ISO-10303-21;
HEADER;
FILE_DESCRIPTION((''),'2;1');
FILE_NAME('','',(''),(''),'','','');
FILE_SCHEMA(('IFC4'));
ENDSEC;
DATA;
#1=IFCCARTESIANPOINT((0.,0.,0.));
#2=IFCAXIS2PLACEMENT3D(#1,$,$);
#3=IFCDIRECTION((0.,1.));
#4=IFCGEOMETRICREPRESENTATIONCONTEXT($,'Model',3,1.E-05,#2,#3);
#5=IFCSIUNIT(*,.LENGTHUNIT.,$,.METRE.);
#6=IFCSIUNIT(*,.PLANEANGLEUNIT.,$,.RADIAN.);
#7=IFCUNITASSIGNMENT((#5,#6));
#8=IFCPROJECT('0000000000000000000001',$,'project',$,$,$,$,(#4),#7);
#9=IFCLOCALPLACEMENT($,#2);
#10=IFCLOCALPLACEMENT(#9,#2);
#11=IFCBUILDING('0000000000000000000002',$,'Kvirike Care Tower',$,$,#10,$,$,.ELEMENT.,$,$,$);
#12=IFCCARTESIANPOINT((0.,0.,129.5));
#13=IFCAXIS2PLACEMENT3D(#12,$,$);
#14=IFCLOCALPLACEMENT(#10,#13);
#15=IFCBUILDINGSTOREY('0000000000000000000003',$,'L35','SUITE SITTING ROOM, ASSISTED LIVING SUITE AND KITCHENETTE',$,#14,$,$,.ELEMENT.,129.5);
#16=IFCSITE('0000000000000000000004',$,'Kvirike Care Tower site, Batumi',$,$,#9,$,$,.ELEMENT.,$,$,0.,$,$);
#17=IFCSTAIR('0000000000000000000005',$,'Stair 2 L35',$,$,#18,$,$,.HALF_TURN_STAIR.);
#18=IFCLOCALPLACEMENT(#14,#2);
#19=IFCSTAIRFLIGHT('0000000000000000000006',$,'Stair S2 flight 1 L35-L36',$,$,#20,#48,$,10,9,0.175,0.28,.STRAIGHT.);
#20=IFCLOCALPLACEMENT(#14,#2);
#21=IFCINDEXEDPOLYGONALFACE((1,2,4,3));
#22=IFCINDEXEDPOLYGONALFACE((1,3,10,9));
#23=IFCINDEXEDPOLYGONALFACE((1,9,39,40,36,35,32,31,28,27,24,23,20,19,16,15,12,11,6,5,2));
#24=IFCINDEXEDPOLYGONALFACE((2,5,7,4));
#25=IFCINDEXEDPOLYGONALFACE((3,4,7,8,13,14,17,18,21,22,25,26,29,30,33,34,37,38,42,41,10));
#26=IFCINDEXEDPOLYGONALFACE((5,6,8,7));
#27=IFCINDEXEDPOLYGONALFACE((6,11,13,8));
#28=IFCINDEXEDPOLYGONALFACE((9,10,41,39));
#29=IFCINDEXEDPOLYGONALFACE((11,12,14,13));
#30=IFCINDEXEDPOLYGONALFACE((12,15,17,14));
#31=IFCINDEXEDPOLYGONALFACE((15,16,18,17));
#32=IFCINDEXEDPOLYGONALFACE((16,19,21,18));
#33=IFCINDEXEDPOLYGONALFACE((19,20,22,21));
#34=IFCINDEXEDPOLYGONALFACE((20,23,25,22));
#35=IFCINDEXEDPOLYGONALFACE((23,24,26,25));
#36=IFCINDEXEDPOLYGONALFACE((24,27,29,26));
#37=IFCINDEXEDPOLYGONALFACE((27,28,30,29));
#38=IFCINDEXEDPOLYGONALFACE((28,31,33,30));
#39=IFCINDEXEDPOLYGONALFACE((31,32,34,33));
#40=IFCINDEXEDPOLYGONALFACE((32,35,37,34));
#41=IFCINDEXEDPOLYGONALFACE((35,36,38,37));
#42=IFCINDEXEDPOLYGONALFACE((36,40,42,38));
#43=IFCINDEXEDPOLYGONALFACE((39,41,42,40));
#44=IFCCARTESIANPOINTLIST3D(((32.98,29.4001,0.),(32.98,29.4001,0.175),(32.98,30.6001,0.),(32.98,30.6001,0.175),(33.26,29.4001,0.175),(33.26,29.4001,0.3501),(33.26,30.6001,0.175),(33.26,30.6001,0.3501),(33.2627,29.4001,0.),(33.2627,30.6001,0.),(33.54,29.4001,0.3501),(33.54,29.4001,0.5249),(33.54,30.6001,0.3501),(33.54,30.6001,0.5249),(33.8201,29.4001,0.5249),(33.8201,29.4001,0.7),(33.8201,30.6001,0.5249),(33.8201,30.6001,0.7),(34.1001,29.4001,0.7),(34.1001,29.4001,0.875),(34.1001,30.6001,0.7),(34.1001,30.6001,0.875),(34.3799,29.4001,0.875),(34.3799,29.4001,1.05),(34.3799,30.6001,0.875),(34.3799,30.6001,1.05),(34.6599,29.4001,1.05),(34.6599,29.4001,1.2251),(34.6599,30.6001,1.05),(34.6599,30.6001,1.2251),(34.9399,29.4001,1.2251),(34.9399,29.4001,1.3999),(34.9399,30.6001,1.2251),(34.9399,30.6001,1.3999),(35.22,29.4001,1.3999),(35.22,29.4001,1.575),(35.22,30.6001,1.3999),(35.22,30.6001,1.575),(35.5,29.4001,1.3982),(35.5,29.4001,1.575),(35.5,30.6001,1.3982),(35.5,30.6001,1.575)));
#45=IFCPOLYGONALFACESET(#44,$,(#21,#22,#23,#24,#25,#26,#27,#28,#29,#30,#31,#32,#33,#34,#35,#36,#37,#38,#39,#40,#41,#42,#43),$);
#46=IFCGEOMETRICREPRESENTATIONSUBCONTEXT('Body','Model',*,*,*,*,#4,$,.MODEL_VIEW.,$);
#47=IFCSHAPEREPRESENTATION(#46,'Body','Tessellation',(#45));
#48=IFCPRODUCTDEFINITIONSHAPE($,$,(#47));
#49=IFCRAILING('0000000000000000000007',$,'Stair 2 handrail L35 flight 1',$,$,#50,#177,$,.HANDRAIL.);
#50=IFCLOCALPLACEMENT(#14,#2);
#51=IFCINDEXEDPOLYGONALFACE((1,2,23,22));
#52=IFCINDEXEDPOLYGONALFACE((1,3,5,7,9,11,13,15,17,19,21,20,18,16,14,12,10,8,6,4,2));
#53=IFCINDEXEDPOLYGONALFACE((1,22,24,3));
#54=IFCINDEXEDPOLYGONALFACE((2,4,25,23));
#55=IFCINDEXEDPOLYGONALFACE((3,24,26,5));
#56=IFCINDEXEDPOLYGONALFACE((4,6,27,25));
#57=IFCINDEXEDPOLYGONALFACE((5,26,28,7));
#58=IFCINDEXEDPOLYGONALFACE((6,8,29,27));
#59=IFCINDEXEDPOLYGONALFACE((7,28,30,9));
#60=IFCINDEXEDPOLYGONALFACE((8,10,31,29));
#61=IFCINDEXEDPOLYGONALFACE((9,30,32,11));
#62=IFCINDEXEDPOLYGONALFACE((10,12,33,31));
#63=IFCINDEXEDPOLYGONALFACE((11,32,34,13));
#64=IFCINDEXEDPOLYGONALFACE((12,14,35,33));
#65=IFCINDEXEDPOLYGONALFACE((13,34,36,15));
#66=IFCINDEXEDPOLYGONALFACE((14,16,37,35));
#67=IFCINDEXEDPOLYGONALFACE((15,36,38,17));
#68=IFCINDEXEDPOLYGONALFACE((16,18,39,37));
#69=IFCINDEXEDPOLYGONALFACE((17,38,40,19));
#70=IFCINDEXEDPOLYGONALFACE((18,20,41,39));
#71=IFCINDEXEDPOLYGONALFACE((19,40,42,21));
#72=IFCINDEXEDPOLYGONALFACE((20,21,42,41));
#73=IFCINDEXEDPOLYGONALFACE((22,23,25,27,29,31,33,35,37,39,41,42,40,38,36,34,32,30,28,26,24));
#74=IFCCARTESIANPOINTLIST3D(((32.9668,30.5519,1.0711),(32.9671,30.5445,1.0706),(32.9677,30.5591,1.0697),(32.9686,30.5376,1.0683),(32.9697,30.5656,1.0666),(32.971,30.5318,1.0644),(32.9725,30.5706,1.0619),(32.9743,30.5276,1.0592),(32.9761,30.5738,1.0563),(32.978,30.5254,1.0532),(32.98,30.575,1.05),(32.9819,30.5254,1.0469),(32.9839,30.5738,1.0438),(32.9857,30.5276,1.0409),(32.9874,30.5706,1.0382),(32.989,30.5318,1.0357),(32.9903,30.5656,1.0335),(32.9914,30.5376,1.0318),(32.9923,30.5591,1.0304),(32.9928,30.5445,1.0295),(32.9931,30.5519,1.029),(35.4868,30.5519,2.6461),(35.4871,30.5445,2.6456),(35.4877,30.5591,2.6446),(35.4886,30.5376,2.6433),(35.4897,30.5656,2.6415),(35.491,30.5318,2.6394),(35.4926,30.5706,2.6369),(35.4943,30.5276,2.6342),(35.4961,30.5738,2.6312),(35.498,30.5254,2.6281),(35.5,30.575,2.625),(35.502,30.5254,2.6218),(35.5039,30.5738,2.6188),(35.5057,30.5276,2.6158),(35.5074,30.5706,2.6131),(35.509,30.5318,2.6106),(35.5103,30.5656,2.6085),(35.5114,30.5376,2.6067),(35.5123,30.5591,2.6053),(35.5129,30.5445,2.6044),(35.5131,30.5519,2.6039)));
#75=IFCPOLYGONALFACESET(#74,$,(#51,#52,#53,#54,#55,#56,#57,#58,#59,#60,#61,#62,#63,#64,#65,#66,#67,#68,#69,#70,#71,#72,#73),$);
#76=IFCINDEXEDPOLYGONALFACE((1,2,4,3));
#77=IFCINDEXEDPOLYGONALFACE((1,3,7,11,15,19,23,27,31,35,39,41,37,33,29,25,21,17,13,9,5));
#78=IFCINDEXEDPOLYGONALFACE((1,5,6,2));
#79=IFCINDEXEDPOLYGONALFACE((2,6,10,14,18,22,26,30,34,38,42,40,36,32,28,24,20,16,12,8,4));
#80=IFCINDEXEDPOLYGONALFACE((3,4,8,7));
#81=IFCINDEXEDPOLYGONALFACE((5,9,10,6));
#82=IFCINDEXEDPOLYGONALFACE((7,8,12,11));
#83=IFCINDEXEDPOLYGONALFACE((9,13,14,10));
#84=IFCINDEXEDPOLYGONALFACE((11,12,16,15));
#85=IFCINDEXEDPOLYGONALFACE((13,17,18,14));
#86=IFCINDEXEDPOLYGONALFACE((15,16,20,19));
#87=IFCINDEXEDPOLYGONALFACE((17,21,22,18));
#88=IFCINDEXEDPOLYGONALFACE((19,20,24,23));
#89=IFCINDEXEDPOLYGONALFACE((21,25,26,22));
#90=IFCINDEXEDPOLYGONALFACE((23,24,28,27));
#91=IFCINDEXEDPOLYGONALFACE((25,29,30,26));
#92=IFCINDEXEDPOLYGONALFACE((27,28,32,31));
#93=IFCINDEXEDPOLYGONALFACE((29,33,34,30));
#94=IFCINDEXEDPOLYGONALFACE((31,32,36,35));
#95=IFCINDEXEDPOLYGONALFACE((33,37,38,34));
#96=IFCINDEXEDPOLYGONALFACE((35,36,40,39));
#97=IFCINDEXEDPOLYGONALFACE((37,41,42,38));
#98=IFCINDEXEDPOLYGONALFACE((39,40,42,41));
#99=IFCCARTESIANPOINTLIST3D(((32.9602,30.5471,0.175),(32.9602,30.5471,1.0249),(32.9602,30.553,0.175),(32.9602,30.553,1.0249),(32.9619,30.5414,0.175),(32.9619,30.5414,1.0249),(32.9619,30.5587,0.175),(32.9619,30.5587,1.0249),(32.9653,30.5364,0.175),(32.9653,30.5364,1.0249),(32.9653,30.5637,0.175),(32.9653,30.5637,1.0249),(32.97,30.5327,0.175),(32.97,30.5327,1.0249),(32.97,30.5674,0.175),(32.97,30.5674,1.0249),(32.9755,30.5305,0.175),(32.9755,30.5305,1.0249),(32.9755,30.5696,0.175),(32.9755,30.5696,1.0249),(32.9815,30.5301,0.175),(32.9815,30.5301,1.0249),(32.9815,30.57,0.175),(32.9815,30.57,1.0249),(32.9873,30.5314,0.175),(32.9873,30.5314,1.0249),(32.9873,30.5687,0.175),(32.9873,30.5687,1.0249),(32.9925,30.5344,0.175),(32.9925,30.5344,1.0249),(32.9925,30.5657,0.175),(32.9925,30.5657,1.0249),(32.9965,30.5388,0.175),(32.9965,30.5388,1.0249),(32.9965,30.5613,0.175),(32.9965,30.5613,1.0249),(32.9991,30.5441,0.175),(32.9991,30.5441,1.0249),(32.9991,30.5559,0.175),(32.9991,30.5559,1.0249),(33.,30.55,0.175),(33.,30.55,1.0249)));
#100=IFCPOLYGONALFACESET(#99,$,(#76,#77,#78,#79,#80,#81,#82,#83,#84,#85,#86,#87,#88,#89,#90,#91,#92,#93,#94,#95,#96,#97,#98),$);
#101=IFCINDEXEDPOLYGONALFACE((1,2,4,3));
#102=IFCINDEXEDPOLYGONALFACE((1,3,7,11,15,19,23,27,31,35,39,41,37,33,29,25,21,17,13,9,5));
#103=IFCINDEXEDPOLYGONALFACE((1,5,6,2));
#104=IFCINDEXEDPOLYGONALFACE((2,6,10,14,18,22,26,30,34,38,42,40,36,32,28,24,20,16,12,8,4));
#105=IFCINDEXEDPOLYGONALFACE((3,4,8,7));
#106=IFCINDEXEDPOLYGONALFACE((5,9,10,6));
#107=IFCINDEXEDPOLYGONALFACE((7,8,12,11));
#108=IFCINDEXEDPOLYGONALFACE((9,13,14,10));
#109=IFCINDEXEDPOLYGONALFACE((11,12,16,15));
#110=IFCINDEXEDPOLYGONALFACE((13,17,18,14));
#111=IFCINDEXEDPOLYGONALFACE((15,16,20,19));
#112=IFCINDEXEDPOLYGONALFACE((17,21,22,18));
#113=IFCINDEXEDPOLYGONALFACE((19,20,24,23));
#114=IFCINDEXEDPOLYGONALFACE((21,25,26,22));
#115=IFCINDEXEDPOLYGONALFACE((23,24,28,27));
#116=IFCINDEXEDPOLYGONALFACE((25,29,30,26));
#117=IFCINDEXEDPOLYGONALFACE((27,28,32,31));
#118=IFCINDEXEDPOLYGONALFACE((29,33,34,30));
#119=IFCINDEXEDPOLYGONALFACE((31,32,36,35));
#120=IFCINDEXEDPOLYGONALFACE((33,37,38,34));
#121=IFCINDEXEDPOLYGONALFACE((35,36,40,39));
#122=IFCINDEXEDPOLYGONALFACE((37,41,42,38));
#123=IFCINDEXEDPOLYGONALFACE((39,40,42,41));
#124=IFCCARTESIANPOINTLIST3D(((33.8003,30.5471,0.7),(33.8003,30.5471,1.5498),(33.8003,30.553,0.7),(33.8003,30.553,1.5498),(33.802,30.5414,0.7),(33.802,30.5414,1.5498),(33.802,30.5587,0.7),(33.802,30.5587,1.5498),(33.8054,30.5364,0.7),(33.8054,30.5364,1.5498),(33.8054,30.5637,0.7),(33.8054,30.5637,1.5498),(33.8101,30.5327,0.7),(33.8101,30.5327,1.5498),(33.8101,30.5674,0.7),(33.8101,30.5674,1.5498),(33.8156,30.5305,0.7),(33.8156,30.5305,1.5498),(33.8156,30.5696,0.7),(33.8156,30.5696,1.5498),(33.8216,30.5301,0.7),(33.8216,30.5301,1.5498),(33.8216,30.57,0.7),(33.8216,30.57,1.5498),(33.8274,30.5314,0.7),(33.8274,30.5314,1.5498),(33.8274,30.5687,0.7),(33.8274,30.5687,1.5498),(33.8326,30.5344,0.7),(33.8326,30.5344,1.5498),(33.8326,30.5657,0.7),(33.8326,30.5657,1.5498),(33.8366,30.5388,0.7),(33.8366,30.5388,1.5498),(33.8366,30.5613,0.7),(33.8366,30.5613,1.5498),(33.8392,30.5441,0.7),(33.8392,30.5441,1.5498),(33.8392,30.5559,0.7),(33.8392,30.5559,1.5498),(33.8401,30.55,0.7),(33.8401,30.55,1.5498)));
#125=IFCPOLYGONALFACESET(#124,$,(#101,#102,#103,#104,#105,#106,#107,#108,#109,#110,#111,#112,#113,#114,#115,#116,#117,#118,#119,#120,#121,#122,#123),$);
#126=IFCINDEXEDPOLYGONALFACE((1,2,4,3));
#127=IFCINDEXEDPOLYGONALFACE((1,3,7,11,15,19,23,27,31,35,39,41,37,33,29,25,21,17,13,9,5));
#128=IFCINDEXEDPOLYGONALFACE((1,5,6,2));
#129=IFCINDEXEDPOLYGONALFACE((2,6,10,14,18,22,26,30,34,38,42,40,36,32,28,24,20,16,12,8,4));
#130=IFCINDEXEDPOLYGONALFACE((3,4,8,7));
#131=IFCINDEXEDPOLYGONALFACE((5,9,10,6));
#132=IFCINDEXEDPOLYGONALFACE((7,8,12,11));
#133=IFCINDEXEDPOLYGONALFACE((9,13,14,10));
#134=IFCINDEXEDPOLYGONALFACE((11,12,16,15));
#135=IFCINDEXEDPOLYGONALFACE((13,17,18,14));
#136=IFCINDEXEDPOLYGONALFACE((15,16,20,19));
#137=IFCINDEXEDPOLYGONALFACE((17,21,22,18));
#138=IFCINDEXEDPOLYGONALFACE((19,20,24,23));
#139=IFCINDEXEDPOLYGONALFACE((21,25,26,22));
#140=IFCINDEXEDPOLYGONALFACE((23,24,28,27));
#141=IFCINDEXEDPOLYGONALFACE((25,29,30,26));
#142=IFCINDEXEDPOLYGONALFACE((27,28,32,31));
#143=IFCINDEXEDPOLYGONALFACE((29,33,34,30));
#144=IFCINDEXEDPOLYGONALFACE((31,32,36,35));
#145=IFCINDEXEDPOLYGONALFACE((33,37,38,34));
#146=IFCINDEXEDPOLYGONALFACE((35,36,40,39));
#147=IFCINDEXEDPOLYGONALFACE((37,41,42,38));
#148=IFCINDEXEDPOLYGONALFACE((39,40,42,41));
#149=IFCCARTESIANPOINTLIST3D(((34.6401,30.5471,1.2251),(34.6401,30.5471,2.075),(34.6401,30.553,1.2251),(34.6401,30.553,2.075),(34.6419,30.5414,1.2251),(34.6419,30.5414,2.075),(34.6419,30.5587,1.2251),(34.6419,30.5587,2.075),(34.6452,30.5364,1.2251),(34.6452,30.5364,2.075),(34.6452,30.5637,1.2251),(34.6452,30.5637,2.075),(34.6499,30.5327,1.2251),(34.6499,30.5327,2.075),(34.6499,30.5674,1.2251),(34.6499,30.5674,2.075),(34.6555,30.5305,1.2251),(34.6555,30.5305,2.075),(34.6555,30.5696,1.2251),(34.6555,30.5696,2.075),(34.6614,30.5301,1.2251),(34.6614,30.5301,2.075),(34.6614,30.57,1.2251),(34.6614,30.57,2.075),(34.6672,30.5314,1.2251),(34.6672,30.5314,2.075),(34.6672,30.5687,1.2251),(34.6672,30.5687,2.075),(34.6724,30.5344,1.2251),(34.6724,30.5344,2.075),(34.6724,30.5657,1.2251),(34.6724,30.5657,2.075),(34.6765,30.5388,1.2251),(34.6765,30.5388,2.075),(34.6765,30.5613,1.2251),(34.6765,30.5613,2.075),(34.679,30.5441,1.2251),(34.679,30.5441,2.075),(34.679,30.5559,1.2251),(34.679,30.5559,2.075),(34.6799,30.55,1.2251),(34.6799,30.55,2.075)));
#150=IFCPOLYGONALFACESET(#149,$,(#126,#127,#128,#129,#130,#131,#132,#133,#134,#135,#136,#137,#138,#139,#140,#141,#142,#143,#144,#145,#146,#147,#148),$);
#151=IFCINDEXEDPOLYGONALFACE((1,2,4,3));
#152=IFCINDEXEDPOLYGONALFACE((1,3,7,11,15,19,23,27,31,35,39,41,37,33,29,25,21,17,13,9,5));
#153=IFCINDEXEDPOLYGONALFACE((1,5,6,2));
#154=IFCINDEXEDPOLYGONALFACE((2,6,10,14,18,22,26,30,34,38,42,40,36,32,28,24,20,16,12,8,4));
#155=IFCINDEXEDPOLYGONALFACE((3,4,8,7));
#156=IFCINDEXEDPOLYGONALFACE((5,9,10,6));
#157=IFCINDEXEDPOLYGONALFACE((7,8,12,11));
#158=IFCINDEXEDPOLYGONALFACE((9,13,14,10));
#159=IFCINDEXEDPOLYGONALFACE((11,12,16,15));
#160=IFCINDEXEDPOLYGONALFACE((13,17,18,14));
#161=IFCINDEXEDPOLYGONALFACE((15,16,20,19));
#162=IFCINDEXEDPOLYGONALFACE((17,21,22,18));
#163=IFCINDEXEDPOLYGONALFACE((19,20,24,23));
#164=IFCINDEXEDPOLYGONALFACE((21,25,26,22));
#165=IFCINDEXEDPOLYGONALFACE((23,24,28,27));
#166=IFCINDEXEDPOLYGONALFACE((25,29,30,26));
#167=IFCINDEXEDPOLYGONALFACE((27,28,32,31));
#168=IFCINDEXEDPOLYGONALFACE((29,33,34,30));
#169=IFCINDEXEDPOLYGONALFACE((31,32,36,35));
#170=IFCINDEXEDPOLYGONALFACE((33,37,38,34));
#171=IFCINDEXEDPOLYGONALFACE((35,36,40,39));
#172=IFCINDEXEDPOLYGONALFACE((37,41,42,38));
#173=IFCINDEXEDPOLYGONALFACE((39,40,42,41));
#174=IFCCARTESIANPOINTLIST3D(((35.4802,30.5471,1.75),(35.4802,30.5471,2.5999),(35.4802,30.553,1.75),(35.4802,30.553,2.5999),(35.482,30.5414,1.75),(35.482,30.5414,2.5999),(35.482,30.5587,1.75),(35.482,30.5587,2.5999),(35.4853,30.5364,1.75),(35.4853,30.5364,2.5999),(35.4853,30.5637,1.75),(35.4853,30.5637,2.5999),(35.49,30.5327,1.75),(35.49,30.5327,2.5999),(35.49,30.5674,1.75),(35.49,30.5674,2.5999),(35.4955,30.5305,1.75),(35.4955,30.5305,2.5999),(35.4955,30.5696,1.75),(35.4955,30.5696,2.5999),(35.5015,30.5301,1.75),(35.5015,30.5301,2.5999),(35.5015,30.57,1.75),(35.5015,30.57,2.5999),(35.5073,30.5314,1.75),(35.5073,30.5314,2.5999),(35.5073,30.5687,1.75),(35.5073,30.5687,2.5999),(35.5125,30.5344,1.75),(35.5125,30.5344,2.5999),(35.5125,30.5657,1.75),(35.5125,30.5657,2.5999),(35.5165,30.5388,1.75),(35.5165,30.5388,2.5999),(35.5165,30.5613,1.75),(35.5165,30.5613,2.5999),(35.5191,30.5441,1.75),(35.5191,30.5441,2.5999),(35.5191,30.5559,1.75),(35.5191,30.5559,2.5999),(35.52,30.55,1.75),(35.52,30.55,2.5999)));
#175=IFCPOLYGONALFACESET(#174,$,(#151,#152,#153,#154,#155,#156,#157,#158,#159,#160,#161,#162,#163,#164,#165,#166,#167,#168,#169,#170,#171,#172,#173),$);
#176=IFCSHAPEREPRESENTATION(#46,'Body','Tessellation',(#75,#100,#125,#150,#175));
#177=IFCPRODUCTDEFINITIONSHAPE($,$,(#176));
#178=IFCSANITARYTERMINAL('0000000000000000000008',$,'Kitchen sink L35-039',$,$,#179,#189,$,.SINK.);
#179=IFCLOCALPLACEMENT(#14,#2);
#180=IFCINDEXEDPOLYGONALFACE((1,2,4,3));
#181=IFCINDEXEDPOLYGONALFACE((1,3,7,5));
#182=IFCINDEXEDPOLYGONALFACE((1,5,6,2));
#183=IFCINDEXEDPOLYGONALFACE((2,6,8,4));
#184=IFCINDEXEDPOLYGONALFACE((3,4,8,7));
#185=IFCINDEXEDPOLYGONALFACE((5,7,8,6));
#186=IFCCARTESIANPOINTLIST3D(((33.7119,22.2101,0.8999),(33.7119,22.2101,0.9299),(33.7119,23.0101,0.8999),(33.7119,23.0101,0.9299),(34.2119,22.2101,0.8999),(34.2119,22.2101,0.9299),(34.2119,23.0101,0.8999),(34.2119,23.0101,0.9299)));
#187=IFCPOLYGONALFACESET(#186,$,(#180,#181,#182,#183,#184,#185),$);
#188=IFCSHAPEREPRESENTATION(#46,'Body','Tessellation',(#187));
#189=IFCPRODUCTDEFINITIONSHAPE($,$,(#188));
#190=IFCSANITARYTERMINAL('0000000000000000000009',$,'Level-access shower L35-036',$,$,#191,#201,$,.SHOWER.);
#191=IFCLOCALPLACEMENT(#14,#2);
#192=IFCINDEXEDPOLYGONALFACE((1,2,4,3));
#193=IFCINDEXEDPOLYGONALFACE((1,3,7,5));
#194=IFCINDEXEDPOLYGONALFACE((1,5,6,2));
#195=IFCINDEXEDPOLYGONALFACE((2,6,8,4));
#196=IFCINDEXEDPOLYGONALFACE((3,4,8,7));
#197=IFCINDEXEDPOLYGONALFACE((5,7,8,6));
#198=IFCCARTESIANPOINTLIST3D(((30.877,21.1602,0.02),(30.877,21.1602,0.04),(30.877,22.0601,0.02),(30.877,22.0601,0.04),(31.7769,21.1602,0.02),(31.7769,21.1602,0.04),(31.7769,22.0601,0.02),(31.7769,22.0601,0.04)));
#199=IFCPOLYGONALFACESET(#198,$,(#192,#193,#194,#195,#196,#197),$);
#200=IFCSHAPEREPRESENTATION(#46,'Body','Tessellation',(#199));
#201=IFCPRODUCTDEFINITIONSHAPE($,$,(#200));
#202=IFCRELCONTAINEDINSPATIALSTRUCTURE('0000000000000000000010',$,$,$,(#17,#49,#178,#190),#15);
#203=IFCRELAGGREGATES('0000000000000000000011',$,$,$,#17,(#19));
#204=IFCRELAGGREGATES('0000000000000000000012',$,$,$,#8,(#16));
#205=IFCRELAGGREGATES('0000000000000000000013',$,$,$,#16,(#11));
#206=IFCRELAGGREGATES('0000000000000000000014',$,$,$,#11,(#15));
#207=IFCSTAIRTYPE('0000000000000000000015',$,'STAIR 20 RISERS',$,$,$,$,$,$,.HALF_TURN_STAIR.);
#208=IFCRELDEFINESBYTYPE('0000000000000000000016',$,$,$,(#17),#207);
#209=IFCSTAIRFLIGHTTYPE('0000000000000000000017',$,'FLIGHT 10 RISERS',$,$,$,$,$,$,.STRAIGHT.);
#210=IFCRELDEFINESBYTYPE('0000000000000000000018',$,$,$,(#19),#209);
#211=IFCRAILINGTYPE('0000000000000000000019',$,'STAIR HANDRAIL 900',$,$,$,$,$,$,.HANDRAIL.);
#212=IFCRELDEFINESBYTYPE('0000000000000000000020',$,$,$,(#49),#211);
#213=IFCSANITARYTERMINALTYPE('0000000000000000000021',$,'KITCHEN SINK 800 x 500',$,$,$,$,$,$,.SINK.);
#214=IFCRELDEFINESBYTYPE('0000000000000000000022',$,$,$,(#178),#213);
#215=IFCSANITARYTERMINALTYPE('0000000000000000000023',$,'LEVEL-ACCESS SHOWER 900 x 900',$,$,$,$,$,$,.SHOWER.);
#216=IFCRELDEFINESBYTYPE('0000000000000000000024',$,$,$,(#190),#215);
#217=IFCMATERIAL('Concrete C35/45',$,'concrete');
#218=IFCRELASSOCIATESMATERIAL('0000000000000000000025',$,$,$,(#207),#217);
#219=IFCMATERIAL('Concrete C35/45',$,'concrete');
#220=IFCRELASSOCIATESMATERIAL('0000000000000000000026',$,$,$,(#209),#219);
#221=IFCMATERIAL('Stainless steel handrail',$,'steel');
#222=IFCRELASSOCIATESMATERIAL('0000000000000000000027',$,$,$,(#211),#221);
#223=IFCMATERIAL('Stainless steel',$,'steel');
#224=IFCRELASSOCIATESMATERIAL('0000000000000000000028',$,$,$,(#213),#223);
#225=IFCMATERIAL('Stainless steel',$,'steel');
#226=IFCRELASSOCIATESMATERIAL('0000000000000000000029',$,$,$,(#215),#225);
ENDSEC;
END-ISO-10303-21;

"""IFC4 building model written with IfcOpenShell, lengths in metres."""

from ifc_helpers import new_model, si_unit, direction, frame, origin, origin_2d, place, context, subcontext, project, spatial, polyline, rectangle, circle, outline, extrude, material, type_object, element, aggregate, save


model = new_model("IFC4")

# Units and contexts
model_context = context("Model", 3, precision=1e-05, world=origin(), true_north=direction((0.0, 1.0)))
body_context = subcontext(model_context, "Body", "Model", "MODEL_VIEW")
ifc_project = project(units=[si_unit("LENGTHUNIT", "METRE"), si_unit("PLANEANGLEUNIT", "RADIAN")], contexts=[model_context])

# Site, building, storey
site_placement = place(None, origin())
site = spatial("IfcSite", under=ifc_project, at=site_placement, Name="Kvirike Care Tower site, Batumi", CompositionType="ELEMENT", RefElevation=0.0)
building_placement = place(site_placement, origin())
building = spatial("IfcBuilding", under=site, at=building_placement, Name="Kvirike Care Tower", CompositionType="ELEMENT")
storey_placement = place(building_placement, frame((0.0, 0.0, 129.5)))
storey = spatial("IfcBuildingStorey", under=building, at=storey_placement, Name="L35", Description="SUITE SITTING ROOM, ASSISTED LIVING SUITE AND KITCHENETTE", CompositionType="ELEMENT", Elevation=129.5)

# Stair, stair flight
ifc_material_1 = material(Name="Concrete C35/45", Category="concrete")
stair_type = type_object("IfcStairType", Name="STAIR 20 RISERS", PredefinedType="HALF_TURN_STAIR", material=ifc_material_1)
stair_placement = place(storey_placement, origin())
stair = element("IfcStair", 1, at=stair_placement, inside=storey, type_object=stair_type, Name="Stair 2 L35", PredefinedType="HALF_TURN_STAIR")
ifc_material_2 = material(Name="Concrete C35/45", Category="concrete")
stair_flight_type = type_object("IfcStairFlightType", Name="FLIGHT 10 RISERS", PredefinedType="STRAIGHT", material=ifc_material_2)
stair_flight_placement = place(storey_placement, frame((32.98, 30.0, 0.0), z_axis=(0.0, 0.0, 1.0), x_axis=(1.0, 0.0, 0.0)))
stair_flight = element("IfcStairFlight", 2, at=stair_flight_placement, type_object=stair_flight_type, Name="Stair S2 flight 1 L35-L36", NumberOfRisers=10, NumberOfTreads=9, PredefinedType="STRAIGHT", RiserHeight=0.175, TreadLength=0.28, context=body_context, shape_type="SweptSolid", body=[
    extrude(outline(polyline([(0.0, 0.0), (0.0, 0.175), (0.28, 0.175), (0.28, 0.3501), (0.5601, 0.3501), (0.5601, 0.5249), (0.8401, 0.5249), (0.8401, 0.7), (1.1201, 0.7), (1.1201, 0.875), (1.3999, 0.875), (1.3999, 1.05), (1.6799, 1.05), (1.6799, 1.2251), (1.96, 1.2251), (1.96, 1.3999), (2.24, 1.3999), (2.24, 1.575), (2.52, 1.575), (2.52, 1.75), (2.52, 1.3982), (0.2827, 0.0), (0.0, 0.0)])), frame((0.0, 0.6001, 0.0), z_axis=(0.0, -1.0, 0.0), x_axis=(1.0, 0.0, 0.0)), (0.0, 0.0, 1.0), 1.2),
])
aggregate(stair, [stair_flight])

# Railing
ifc_material_3 = material(Name="Stainless steel handrail", Category="steel")
railing_type = type_object("IfcRailingType", Name="STAIR HANDRAIL 900", PredefinedType="HANDRAIL", material=ifc_material_3)
railing_placement = place(storey_placement, frame((32.98, 30.55, 0.175)))
element("IfcRailing", 3, at=railing_placement, inside=storey, type_object=railing_type, Name="Stair 2 handrail L35 flight 1", PredefinedType="HANDRAIL", context=body_context, shape_type="SweptSolid", body=[
    extrude(circle(Radius=0.0249, at=origin_2d()), frame((0.0, 0.0, 0.875), z_axis=(0.848008, 0.0, 0.529984), x_axis=(0.0, 1.0, 0.0)), (0.0, 0.0, 1.0), 2.9717),
    extrude(circle(Radius=0.02, at=origin_2d()), origin(), (0.0, 0.0, 1.0), 0.8499),
    extrude(circle(Radius=0.02, at=origin_2d()), frame((0.8401, 0.0, 0.5249)), (0.0, 0.0, 1.0), 0.8499),
    extrude(circle(Radius=0.02, at=origin_2d()), frame((1.6799, 0.0, 1.05)), (0.0, 0.0, 1.0), 0.8499),
    extrude(circle(Radius=0.02, at=origin_2d()), frame((2.52, 0.0, 1.575)), (0.0, 0.0, 1.0), 0.8499),
])

# Sanitary terminals
ifc_material_4 = material(Name="Stainless steel", Category="steel")
sanitary_terminal_type_1 = type_object("IfcSanitaryTerminalType", Name="KITCHEN SINK 800 x 500", PredefinedType="SINK", material=ifc_material_4)
sanitary_terminal_1_placement = place(storey_placement, frame((33.9619, 22.6101, 0.8999), z_axis=(0.0, 0.0, 1.0), x_axis=(0.0, 1.0, 0.0)))
element("IfcSanitaryTerminal", 4, at=sanitary_terminal_1_placement, inside=storey, type_object=sanitary_terminal_type_1, Name="Kitchen sink L35-039", PredefinedType="SINK", context=body_context, shape_type="SweptSolid", body=[
    extrude(rectangle(XDim=0.8, YDim=0.5, at=origin_2d()), origin(), (0.0, 0.0, 1.0), 0.03),
])
ifc_material_5 = material(Name="Stainless steel", Category="steel")
sanitary_terminal_type_2 = type_object("IfcSanitaryTerminalType", Name="LEVEL-ACCESS SHOWER 900 x 900", PredefinedType="SHOWER", material=ifc_material_5)
sanitary_terminal_2_placement = place(storey_placement, frame((31.3269, 21.6101, 0.02), z_axis=(0.0, 0.0, 1.0), x_axis=(0.0, 1.0, 0.0)))
element("IfcSanitaryTerminal", 5, at=sanitary_terminal_2_placement, inside=storey, type_object=sanitary_terminal_type_2, Name="Level-access shower L35-036", PredefinedType="SHOWER", context=body_context, shape_type="SweptSolid", body=[
    extrude(rectangle(XDim=0.8999, YDim=0.8999, at=origin_2d()), origin(), (0.0, 0.0, 1.0), 0.02),
])

save(model, "model.ifc")
